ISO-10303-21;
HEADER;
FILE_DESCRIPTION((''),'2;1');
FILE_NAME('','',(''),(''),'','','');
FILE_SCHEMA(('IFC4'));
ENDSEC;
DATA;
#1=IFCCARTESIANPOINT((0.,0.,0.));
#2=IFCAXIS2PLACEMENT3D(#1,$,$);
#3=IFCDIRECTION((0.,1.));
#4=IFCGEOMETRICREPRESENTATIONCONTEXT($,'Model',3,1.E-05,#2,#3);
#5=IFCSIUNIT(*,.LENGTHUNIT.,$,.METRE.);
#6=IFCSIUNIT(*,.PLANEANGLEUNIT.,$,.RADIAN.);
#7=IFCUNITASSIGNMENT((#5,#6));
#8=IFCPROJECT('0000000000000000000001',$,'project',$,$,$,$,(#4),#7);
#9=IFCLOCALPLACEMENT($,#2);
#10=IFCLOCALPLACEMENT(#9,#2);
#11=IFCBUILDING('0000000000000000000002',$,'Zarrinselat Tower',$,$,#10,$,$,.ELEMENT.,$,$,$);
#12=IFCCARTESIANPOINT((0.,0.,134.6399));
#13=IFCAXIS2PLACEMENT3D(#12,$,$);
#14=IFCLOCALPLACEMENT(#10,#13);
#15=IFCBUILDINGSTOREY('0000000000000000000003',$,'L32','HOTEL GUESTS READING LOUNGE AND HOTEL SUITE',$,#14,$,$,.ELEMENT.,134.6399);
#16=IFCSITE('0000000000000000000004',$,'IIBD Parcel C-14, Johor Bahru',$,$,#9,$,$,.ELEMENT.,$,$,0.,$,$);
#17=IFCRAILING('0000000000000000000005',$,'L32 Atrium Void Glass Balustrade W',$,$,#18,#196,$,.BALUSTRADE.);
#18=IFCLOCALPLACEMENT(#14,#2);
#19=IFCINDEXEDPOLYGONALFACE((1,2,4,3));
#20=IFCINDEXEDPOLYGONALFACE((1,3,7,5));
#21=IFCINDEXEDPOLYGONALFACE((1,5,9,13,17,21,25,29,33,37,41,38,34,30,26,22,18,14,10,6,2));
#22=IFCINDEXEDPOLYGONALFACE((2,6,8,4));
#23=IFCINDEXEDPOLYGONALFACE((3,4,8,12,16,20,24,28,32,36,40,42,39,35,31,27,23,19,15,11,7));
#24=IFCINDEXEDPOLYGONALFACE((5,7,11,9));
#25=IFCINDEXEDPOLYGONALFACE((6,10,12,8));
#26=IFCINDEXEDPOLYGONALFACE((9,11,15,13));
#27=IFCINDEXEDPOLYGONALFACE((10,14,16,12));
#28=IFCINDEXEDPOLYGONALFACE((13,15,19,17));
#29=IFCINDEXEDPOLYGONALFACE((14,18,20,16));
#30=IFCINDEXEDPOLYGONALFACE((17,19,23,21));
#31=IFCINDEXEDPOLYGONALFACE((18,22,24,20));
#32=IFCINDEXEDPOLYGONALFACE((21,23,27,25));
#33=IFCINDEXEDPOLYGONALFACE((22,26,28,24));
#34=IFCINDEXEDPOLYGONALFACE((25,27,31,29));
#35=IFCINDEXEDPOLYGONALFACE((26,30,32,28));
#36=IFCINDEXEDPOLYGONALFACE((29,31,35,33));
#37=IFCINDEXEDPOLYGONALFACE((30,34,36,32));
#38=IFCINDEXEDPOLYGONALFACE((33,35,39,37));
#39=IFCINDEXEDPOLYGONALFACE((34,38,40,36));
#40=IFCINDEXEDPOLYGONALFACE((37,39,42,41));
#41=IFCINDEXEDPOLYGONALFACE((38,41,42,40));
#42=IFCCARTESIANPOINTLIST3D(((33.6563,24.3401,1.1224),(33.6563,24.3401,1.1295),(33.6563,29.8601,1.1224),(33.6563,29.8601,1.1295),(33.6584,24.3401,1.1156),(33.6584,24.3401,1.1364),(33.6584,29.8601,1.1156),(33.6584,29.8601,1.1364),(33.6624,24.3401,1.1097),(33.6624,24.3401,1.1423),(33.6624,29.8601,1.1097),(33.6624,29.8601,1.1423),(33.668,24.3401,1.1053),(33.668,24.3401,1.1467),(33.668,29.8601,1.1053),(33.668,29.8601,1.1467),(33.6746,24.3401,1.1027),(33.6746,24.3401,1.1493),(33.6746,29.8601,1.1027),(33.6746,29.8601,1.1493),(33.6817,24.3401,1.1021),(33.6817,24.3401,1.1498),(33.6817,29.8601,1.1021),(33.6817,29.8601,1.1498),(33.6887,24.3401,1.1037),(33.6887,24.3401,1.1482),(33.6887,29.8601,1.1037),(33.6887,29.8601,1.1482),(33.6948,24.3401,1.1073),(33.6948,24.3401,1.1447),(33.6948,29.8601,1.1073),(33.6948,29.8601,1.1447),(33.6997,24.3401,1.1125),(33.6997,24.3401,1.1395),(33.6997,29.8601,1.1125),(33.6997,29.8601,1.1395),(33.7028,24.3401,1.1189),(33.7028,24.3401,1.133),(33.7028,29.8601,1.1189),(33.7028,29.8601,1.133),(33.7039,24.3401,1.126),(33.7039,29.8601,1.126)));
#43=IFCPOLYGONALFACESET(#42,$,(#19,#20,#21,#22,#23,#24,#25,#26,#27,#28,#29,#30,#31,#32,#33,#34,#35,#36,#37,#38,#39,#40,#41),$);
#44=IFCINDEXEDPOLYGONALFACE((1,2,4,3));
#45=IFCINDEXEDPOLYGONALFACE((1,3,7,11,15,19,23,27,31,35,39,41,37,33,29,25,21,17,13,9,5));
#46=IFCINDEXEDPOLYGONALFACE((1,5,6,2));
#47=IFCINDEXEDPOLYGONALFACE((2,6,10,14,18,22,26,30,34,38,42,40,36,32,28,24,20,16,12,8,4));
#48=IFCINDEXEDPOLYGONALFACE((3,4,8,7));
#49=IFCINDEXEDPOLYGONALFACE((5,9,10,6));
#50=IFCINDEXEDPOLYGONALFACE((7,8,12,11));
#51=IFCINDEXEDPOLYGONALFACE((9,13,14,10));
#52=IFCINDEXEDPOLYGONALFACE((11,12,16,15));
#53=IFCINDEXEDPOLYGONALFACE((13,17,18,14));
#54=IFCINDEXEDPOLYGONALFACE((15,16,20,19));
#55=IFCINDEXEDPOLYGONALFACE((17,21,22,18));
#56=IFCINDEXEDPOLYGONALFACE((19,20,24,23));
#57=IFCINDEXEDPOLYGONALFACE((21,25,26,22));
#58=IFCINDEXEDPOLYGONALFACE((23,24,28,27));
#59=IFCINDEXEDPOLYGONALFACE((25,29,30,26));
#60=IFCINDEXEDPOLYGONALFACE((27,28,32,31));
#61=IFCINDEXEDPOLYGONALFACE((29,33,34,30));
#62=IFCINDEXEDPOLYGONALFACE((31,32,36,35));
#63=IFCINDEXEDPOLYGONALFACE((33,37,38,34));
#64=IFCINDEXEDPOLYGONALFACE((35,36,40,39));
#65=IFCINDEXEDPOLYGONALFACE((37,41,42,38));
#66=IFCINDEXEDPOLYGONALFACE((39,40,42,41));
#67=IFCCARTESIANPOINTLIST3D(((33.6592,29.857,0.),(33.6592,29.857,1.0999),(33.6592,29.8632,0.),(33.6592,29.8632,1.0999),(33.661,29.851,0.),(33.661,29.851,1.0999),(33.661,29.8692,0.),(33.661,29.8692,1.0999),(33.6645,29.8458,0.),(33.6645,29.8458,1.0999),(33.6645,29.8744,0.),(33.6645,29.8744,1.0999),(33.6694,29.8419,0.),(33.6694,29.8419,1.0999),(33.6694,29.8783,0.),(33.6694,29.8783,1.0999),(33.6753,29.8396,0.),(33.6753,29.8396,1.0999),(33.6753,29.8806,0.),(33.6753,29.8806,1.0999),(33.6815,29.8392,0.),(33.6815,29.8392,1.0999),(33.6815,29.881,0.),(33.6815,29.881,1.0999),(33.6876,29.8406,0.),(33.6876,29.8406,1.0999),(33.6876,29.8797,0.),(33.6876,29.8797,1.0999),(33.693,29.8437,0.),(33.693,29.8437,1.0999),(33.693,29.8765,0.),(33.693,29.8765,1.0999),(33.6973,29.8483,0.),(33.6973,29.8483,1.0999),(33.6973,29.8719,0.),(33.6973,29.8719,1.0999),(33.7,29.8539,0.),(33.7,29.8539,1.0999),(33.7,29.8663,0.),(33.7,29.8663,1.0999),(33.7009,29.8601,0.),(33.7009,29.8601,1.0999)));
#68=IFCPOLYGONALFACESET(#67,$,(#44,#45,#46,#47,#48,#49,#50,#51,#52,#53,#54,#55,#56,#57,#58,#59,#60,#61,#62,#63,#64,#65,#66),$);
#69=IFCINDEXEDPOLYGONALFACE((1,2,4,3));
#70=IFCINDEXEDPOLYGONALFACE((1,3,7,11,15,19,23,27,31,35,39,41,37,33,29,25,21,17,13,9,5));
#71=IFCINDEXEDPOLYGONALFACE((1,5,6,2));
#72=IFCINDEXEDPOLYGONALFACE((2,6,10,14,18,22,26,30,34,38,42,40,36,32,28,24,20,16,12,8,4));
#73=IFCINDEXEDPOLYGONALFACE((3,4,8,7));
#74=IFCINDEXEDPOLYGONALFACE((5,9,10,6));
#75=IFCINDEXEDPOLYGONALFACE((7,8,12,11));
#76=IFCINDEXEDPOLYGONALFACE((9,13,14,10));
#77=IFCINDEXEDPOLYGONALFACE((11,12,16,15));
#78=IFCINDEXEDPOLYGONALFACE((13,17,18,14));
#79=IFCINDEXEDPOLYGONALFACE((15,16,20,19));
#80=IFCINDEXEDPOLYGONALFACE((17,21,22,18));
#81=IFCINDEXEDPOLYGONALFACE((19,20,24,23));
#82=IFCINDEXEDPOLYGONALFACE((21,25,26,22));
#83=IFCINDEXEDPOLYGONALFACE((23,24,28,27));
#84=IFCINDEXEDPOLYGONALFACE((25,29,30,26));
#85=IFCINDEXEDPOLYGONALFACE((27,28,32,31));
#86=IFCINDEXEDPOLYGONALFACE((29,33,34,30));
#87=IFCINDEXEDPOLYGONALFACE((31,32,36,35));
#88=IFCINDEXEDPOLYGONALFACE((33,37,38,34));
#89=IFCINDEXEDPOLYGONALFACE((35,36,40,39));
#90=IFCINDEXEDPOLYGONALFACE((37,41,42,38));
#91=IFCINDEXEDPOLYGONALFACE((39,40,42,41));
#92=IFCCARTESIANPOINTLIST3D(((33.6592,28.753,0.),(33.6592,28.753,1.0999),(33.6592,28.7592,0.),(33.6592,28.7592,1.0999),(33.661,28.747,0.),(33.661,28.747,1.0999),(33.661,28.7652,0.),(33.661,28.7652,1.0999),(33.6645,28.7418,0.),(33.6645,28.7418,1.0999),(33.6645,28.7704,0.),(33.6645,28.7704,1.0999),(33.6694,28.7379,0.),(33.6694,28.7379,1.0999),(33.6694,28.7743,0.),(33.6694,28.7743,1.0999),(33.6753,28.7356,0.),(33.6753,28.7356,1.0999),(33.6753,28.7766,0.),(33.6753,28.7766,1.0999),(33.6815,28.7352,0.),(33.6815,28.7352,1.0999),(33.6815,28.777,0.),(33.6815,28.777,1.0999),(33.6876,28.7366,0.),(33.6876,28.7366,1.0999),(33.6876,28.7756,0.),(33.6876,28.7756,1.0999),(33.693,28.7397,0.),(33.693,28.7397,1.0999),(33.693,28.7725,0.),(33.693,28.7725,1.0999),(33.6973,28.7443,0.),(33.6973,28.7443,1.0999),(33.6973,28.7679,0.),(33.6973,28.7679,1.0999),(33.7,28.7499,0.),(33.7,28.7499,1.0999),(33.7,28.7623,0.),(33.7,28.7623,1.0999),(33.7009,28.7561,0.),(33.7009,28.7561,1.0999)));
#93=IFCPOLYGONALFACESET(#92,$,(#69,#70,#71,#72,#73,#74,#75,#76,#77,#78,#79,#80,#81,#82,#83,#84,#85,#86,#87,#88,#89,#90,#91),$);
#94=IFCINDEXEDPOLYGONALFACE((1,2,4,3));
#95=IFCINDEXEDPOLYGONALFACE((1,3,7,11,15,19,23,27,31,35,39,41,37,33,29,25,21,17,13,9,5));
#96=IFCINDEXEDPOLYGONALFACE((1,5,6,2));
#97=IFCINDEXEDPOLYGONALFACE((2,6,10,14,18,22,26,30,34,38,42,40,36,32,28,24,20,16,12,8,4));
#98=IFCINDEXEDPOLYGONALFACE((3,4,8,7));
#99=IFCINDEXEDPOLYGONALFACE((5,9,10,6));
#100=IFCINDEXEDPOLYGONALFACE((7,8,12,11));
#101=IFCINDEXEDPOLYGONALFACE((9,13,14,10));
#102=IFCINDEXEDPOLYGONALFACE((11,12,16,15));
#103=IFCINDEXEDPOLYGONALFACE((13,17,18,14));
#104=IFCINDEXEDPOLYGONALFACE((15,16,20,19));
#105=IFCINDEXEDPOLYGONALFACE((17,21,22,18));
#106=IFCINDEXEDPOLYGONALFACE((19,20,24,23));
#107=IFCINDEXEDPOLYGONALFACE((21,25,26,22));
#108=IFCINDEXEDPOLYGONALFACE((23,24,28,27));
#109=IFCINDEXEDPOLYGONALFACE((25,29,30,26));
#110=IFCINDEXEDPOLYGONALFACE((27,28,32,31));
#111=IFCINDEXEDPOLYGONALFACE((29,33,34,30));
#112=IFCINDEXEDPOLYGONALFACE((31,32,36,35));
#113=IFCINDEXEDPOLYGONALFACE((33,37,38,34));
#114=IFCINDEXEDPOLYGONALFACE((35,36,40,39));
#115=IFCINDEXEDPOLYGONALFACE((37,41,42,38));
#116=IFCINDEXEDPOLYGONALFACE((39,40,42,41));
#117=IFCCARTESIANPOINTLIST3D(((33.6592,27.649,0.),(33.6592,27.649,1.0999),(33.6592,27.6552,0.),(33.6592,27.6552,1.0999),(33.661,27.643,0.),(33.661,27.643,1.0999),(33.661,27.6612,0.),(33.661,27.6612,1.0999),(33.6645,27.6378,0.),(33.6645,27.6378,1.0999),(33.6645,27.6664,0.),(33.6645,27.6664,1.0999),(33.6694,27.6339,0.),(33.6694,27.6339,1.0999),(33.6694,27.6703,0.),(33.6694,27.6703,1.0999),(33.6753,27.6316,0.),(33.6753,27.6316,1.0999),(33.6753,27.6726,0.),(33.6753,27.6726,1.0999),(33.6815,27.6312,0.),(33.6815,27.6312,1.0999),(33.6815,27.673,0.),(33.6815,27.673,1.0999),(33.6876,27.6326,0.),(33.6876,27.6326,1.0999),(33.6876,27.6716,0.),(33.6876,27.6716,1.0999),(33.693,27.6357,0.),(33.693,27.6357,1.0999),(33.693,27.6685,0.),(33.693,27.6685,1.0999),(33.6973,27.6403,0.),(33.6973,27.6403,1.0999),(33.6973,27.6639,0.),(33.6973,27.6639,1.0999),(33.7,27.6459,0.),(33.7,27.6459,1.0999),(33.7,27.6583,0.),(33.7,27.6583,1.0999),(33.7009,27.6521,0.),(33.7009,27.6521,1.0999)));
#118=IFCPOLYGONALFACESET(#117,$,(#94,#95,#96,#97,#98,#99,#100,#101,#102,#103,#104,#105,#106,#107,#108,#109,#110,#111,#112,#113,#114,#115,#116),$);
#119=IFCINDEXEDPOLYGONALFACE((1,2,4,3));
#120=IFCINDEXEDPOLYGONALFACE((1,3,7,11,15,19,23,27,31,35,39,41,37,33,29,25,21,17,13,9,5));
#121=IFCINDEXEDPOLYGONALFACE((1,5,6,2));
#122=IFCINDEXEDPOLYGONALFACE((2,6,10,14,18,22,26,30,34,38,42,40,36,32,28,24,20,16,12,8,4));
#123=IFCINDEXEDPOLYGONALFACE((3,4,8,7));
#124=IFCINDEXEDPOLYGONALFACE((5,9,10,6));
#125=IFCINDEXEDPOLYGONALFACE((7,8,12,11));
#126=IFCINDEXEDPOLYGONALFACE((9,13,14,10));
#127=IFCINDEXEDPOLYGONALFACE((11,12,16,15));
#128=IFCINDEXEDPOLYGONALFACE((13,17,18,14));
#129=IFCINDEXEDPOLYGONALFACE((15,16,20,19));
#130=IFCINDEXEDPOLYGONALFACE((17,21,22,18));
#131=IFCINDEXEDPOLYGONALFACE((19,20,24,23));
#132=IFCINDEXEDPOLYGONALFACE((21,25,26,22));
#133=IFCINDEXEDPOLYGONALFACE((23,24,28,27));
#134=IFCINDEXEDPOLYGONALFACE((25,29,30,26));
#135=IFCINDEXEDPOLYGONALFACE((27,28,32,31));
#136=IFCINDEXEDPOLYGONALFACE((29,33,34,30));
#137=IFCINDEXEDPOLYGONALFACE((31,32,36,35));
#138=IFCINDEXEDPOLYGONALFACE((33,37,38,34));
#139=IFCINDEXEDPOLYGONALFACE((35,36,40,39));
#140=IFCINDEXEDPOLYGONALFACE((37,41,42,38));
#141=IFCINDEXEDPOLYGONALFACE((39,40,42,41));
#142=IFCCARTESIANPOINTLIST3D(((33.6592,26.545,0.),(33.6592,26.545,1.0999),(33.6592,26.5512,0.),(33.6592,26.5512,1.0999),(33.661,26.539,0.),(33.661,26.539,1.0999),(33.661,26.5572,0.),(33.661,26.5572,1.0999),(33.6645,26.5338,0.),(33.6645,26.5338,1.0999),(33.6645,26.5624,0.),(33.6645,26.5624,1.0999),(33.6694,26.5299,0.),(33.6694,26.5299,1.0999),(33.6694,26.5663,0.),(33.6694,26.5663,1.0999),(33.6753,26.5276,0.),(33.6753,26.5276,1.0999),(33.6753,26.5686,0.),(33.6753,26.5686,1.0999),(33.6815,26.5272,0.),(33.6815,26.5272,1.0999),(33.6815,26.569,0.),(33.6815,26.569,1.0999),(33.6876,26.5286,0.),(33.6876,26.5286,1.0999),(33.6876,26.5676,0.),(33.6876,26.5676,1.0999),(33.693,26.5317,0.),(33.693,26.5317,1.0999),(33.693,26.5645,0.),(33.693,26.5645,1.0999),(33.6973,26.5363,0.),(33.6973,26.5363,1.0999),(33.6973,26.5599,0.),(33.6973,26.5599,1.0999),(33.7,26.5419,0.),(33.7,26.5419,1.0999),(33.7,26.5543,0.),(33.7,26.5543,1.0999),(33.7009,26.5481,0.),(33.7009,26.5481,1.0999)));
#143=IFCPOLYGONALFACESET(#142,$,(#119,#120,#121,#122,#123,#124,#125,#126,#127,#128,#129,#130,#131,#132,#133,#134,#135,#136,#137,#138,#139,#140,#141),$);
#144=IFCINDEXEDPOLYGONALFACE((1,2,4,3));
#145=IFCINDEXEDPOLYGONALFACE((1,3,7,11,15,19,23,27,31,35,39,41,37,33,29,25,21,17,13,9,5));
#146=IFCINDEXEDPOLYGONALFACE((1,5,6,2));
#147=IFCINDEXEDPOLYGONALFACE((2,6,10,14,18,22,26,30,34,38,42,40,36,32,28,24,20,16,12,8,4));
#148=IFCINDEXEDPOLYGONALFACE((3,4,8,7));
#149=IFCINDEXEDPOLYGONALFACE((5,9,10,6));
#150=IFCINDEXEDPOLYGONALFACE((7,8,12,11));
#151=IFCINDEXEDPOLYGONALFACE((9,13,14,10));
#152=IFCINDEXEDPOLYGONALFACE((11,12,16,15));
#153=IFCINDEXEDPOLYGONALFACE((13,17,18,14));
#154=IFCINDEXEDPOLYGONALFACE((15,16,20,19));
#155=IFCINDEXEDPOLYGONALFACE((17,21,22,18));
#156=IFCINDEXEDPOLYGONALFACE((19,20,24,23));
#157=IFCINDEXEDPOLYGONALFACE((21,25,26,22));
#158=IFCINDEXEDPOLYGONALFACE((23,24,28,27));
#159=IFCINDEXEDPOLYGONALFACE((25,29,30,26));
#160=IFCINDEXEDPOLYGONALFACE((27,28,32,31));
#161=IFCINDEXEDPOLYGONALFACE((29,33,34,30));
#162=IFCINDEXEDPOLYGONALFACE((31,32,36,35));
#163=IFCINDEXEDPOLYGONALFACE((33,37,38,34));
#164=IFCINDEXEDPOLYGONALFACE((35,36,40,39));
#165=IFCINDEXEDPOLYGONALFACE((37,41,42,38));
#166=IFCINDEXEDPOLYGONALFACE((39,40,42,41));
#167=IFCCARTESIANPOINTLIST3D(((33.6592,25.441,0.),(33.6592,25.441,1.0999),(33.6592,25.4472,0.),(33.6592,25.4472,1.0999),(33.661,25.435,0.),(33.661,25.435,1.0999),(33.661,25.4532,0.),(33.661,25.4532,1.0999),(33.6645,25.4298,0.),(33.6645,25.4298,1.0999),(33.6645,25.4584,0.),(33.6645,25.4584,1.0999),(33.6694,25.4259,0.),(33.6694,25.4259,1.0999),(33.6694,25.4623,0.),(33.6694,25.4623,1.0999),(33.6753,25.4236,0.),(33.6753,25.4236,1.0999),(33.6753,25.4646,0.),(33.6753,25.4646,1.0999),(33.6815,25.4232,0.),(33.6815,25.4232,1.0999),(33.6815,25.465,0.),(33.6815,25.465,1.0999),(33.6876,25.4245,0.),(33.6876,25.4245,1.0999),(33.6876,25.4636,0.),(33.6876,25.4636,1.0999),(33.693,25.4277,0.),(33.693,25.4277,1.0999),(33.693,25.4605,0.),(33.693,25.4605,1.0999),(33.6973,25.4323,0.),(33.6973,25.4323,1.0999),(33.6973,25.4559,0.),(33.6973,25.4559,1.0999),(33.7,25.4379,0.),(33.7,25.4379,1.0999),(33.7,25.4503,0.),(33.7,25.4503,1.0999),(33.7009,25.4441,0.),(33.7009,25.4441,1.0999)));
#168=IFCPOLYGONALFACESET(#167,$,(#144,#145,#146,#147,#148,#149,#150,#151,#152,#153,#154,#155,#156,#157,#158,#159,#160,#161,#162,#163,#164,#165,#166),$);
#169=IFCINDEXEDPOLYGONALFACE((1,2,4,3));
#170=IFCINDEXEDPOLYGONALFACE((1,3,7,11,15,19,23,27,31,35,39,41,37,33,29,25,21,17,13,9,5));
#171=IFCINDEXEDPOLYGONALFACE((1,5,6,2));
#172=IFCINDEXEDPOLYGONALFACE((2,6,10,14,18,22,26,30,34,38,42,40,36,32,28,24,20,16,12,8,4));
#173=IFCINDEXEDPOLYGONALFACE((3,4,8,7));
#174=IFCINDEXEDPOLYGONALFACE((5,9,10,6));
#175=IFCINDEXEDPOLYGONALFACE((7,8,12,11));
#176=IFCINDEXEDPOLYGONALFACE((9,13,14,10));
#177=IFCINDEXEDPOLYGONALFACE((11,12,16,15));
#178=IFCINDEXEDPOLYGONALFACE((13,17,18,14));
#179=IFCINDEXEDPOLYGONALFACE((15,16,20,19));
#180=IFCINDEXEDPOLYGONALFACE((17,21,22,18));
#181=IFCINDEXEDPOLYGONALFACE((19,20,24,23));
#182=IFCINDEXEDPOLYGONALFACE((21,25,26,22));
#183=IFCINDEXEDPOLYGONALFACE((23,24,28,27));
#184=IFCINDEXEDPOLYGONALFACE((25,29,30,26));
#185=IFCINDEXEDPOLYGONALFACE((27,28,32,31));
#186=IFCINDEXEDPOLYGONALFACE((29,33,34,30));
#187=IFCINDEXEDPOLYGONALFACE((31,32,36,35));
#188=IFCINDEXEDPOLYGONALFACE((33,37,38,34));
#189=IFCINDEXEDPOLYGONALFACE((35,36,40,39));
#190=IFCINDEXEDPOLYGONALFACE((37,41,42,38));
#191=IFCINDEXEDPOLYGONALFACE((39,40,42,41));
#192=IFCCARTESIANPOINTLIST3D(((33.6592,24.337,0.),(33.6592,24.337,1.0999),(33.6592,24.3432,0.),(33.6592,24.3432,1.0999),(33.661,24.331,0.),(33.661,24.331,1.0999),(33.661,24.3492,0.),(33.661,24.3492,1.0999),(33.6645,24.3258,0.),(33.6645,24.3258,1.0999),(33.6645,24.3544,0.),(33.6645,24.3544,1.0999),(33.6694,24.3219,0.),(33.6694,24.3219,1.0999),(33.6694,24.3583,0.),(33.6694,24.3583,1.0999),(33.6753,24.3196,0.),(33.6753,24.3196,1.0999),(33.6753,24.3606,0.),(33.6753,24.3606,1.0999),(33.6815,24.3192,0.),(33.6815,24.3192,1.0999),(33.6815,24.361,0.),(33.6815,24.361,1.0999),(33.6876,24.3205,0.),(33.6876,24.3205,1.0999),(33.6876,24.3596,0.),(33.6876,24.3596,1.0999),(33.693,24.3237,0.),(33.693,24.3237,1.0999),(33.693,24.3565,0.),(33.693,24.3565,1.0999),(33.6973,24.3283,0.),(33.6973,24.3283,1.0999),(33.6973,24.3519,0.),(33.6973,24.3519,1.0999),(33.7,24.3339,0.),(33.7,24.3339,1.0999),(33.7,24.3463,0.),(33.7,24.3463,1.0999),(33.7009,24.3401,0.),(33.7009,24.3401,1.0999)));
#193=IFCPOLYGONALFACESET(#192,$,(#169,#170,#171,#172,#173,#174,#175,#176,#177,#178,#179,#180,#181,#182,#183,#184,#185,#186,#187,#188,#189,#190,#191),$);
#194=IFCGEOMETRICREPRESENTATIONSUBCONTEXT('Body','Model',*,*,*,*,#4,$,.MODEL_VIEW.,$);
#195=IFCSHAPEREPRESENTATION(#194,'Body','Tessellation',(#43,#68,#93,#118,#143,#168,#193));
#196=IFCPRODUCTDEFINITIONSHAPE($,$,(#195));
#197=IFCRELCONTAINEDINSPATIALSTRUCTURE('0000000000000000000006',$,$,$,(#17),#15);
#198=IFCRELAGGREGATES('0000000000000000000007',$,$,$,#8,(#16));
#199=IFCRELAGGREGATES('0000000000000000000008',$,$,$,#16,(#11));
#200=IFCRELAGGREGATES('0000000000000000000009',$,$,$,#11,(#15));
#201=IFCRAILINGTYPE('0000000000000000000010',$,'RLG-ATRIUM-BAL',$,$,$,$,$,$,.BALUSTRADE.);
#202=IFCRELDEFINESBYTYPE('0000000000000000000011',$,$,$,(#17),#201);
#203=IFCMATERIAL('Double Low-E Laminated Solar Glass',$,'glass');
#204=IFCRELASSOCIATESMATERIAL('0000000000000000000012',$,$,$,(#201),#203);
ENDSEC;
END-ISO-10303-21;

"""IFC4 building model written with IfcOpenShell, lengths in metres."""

from ifc_helpers import new_model, si_unit, direction, frame, origin, origin_2d, place, context, subcontext, project, spatial, circle, extrude, material, type_object, element, save


model = new_model("IFC4")

# Units and contexts
model_context = context("Model", 3, precision=1e-05, world=origin(), true_north=direction((0.0, 1.0)))
body_context = subcontext(model_context, "Body", "Model", "MODEL_VIEW")
ifc_project = project(units=[si_unit("LENGTHUNIT", "METRE"), si_unit("PLANEANGLEUNIT", "RADIAN")], contexts=[model_context])

# Site, building, storey
site_placement = place(None, origin())
site = spatial("IfcSite", under=ifc_project, at=site_placement, Name="IIBD Parcel C-14, Johor Bahru", CompositionType="ELEMENT", RefElevation=0.0)
building_placement = place(site_placement, origin())
building = spatial("IfcBuilding", under=site, at=building_placement, Name="Zarrinselat Tower", CompositionType="ELEMENT")
storey_placement = place(building_placement, frame((0.0, 0.0, 134.6399)))
storey = spatial("IfcBuildingStorey", under=building, at=storey_placement, Name="L32", Description="HOTEL GUESTS READING LOUNGE AND HOTEL SUITE", CompositionType="ELEMENT", Elevation=134.6399)

# Railing
ifc_material_1 = material(Name="Double Low-E Laminated Solar Glass", Category="glass")
railing_type = type_object("IfcRailingType", Name="RLG-ATRIUM-BAL", PredefinedType="BALUSTRADE", material=ifc_material_1)
railing_placement = place(storey_placement, frame((33.6799, 29.8601, 0.0)))
element("IfcRailing", 1, at=railing_placement, inside=storey, type_object=railing_type, Name="L32 Atrium Void Glass Balustrade W", PredefinedType="BALUSTRADE", context=body_context, shape_type="SweptSolid", body=[
    extrude(circle(Radius=0.0239, at=origin_2d()), frame((0.0, 0.0, 1.126), z_axis=(0.0, -1.0, 0.0), x_axis=(1.0, 0.0, 0.0)), (0.0, 0.0, 1.0), 5.52),
    extrude(circle(Radius=0.021, at=origin_2d()), origin(), (0.0, 0.0, 1.0), 1.0999),
    extrude(circle(Radius=0.021, at=origin_2d()), frame((0.0, -1.104, 0.0)), (0.0, 0.0, 1.0), 1.0999),
    extrude(circle(Radius=0.021, at=origin_2d()), frame((0.0, -2.208, 0.0)), (0.0, 0.0, 1.0), 1.0999),
    extrude(circle(Radius=0.021, at=origin_2d()), frame((0.0, -3.312, 0.0)), (0.0, 0.0, 1.0), 1.0999),
    extrude(circle(Radius=0.021, at=origin_2d()), frame((0.0, -4.416, 0.0)), (0.0, 0.0, 1.0), 1.0999),
    extrude(circle(Radius=0.021, at=origin_2d()), frame((0.0, -5.52, 0.0)), (0.0, 0.0, 1.0), 1.0999),
])

save(model, "model.ifc")
